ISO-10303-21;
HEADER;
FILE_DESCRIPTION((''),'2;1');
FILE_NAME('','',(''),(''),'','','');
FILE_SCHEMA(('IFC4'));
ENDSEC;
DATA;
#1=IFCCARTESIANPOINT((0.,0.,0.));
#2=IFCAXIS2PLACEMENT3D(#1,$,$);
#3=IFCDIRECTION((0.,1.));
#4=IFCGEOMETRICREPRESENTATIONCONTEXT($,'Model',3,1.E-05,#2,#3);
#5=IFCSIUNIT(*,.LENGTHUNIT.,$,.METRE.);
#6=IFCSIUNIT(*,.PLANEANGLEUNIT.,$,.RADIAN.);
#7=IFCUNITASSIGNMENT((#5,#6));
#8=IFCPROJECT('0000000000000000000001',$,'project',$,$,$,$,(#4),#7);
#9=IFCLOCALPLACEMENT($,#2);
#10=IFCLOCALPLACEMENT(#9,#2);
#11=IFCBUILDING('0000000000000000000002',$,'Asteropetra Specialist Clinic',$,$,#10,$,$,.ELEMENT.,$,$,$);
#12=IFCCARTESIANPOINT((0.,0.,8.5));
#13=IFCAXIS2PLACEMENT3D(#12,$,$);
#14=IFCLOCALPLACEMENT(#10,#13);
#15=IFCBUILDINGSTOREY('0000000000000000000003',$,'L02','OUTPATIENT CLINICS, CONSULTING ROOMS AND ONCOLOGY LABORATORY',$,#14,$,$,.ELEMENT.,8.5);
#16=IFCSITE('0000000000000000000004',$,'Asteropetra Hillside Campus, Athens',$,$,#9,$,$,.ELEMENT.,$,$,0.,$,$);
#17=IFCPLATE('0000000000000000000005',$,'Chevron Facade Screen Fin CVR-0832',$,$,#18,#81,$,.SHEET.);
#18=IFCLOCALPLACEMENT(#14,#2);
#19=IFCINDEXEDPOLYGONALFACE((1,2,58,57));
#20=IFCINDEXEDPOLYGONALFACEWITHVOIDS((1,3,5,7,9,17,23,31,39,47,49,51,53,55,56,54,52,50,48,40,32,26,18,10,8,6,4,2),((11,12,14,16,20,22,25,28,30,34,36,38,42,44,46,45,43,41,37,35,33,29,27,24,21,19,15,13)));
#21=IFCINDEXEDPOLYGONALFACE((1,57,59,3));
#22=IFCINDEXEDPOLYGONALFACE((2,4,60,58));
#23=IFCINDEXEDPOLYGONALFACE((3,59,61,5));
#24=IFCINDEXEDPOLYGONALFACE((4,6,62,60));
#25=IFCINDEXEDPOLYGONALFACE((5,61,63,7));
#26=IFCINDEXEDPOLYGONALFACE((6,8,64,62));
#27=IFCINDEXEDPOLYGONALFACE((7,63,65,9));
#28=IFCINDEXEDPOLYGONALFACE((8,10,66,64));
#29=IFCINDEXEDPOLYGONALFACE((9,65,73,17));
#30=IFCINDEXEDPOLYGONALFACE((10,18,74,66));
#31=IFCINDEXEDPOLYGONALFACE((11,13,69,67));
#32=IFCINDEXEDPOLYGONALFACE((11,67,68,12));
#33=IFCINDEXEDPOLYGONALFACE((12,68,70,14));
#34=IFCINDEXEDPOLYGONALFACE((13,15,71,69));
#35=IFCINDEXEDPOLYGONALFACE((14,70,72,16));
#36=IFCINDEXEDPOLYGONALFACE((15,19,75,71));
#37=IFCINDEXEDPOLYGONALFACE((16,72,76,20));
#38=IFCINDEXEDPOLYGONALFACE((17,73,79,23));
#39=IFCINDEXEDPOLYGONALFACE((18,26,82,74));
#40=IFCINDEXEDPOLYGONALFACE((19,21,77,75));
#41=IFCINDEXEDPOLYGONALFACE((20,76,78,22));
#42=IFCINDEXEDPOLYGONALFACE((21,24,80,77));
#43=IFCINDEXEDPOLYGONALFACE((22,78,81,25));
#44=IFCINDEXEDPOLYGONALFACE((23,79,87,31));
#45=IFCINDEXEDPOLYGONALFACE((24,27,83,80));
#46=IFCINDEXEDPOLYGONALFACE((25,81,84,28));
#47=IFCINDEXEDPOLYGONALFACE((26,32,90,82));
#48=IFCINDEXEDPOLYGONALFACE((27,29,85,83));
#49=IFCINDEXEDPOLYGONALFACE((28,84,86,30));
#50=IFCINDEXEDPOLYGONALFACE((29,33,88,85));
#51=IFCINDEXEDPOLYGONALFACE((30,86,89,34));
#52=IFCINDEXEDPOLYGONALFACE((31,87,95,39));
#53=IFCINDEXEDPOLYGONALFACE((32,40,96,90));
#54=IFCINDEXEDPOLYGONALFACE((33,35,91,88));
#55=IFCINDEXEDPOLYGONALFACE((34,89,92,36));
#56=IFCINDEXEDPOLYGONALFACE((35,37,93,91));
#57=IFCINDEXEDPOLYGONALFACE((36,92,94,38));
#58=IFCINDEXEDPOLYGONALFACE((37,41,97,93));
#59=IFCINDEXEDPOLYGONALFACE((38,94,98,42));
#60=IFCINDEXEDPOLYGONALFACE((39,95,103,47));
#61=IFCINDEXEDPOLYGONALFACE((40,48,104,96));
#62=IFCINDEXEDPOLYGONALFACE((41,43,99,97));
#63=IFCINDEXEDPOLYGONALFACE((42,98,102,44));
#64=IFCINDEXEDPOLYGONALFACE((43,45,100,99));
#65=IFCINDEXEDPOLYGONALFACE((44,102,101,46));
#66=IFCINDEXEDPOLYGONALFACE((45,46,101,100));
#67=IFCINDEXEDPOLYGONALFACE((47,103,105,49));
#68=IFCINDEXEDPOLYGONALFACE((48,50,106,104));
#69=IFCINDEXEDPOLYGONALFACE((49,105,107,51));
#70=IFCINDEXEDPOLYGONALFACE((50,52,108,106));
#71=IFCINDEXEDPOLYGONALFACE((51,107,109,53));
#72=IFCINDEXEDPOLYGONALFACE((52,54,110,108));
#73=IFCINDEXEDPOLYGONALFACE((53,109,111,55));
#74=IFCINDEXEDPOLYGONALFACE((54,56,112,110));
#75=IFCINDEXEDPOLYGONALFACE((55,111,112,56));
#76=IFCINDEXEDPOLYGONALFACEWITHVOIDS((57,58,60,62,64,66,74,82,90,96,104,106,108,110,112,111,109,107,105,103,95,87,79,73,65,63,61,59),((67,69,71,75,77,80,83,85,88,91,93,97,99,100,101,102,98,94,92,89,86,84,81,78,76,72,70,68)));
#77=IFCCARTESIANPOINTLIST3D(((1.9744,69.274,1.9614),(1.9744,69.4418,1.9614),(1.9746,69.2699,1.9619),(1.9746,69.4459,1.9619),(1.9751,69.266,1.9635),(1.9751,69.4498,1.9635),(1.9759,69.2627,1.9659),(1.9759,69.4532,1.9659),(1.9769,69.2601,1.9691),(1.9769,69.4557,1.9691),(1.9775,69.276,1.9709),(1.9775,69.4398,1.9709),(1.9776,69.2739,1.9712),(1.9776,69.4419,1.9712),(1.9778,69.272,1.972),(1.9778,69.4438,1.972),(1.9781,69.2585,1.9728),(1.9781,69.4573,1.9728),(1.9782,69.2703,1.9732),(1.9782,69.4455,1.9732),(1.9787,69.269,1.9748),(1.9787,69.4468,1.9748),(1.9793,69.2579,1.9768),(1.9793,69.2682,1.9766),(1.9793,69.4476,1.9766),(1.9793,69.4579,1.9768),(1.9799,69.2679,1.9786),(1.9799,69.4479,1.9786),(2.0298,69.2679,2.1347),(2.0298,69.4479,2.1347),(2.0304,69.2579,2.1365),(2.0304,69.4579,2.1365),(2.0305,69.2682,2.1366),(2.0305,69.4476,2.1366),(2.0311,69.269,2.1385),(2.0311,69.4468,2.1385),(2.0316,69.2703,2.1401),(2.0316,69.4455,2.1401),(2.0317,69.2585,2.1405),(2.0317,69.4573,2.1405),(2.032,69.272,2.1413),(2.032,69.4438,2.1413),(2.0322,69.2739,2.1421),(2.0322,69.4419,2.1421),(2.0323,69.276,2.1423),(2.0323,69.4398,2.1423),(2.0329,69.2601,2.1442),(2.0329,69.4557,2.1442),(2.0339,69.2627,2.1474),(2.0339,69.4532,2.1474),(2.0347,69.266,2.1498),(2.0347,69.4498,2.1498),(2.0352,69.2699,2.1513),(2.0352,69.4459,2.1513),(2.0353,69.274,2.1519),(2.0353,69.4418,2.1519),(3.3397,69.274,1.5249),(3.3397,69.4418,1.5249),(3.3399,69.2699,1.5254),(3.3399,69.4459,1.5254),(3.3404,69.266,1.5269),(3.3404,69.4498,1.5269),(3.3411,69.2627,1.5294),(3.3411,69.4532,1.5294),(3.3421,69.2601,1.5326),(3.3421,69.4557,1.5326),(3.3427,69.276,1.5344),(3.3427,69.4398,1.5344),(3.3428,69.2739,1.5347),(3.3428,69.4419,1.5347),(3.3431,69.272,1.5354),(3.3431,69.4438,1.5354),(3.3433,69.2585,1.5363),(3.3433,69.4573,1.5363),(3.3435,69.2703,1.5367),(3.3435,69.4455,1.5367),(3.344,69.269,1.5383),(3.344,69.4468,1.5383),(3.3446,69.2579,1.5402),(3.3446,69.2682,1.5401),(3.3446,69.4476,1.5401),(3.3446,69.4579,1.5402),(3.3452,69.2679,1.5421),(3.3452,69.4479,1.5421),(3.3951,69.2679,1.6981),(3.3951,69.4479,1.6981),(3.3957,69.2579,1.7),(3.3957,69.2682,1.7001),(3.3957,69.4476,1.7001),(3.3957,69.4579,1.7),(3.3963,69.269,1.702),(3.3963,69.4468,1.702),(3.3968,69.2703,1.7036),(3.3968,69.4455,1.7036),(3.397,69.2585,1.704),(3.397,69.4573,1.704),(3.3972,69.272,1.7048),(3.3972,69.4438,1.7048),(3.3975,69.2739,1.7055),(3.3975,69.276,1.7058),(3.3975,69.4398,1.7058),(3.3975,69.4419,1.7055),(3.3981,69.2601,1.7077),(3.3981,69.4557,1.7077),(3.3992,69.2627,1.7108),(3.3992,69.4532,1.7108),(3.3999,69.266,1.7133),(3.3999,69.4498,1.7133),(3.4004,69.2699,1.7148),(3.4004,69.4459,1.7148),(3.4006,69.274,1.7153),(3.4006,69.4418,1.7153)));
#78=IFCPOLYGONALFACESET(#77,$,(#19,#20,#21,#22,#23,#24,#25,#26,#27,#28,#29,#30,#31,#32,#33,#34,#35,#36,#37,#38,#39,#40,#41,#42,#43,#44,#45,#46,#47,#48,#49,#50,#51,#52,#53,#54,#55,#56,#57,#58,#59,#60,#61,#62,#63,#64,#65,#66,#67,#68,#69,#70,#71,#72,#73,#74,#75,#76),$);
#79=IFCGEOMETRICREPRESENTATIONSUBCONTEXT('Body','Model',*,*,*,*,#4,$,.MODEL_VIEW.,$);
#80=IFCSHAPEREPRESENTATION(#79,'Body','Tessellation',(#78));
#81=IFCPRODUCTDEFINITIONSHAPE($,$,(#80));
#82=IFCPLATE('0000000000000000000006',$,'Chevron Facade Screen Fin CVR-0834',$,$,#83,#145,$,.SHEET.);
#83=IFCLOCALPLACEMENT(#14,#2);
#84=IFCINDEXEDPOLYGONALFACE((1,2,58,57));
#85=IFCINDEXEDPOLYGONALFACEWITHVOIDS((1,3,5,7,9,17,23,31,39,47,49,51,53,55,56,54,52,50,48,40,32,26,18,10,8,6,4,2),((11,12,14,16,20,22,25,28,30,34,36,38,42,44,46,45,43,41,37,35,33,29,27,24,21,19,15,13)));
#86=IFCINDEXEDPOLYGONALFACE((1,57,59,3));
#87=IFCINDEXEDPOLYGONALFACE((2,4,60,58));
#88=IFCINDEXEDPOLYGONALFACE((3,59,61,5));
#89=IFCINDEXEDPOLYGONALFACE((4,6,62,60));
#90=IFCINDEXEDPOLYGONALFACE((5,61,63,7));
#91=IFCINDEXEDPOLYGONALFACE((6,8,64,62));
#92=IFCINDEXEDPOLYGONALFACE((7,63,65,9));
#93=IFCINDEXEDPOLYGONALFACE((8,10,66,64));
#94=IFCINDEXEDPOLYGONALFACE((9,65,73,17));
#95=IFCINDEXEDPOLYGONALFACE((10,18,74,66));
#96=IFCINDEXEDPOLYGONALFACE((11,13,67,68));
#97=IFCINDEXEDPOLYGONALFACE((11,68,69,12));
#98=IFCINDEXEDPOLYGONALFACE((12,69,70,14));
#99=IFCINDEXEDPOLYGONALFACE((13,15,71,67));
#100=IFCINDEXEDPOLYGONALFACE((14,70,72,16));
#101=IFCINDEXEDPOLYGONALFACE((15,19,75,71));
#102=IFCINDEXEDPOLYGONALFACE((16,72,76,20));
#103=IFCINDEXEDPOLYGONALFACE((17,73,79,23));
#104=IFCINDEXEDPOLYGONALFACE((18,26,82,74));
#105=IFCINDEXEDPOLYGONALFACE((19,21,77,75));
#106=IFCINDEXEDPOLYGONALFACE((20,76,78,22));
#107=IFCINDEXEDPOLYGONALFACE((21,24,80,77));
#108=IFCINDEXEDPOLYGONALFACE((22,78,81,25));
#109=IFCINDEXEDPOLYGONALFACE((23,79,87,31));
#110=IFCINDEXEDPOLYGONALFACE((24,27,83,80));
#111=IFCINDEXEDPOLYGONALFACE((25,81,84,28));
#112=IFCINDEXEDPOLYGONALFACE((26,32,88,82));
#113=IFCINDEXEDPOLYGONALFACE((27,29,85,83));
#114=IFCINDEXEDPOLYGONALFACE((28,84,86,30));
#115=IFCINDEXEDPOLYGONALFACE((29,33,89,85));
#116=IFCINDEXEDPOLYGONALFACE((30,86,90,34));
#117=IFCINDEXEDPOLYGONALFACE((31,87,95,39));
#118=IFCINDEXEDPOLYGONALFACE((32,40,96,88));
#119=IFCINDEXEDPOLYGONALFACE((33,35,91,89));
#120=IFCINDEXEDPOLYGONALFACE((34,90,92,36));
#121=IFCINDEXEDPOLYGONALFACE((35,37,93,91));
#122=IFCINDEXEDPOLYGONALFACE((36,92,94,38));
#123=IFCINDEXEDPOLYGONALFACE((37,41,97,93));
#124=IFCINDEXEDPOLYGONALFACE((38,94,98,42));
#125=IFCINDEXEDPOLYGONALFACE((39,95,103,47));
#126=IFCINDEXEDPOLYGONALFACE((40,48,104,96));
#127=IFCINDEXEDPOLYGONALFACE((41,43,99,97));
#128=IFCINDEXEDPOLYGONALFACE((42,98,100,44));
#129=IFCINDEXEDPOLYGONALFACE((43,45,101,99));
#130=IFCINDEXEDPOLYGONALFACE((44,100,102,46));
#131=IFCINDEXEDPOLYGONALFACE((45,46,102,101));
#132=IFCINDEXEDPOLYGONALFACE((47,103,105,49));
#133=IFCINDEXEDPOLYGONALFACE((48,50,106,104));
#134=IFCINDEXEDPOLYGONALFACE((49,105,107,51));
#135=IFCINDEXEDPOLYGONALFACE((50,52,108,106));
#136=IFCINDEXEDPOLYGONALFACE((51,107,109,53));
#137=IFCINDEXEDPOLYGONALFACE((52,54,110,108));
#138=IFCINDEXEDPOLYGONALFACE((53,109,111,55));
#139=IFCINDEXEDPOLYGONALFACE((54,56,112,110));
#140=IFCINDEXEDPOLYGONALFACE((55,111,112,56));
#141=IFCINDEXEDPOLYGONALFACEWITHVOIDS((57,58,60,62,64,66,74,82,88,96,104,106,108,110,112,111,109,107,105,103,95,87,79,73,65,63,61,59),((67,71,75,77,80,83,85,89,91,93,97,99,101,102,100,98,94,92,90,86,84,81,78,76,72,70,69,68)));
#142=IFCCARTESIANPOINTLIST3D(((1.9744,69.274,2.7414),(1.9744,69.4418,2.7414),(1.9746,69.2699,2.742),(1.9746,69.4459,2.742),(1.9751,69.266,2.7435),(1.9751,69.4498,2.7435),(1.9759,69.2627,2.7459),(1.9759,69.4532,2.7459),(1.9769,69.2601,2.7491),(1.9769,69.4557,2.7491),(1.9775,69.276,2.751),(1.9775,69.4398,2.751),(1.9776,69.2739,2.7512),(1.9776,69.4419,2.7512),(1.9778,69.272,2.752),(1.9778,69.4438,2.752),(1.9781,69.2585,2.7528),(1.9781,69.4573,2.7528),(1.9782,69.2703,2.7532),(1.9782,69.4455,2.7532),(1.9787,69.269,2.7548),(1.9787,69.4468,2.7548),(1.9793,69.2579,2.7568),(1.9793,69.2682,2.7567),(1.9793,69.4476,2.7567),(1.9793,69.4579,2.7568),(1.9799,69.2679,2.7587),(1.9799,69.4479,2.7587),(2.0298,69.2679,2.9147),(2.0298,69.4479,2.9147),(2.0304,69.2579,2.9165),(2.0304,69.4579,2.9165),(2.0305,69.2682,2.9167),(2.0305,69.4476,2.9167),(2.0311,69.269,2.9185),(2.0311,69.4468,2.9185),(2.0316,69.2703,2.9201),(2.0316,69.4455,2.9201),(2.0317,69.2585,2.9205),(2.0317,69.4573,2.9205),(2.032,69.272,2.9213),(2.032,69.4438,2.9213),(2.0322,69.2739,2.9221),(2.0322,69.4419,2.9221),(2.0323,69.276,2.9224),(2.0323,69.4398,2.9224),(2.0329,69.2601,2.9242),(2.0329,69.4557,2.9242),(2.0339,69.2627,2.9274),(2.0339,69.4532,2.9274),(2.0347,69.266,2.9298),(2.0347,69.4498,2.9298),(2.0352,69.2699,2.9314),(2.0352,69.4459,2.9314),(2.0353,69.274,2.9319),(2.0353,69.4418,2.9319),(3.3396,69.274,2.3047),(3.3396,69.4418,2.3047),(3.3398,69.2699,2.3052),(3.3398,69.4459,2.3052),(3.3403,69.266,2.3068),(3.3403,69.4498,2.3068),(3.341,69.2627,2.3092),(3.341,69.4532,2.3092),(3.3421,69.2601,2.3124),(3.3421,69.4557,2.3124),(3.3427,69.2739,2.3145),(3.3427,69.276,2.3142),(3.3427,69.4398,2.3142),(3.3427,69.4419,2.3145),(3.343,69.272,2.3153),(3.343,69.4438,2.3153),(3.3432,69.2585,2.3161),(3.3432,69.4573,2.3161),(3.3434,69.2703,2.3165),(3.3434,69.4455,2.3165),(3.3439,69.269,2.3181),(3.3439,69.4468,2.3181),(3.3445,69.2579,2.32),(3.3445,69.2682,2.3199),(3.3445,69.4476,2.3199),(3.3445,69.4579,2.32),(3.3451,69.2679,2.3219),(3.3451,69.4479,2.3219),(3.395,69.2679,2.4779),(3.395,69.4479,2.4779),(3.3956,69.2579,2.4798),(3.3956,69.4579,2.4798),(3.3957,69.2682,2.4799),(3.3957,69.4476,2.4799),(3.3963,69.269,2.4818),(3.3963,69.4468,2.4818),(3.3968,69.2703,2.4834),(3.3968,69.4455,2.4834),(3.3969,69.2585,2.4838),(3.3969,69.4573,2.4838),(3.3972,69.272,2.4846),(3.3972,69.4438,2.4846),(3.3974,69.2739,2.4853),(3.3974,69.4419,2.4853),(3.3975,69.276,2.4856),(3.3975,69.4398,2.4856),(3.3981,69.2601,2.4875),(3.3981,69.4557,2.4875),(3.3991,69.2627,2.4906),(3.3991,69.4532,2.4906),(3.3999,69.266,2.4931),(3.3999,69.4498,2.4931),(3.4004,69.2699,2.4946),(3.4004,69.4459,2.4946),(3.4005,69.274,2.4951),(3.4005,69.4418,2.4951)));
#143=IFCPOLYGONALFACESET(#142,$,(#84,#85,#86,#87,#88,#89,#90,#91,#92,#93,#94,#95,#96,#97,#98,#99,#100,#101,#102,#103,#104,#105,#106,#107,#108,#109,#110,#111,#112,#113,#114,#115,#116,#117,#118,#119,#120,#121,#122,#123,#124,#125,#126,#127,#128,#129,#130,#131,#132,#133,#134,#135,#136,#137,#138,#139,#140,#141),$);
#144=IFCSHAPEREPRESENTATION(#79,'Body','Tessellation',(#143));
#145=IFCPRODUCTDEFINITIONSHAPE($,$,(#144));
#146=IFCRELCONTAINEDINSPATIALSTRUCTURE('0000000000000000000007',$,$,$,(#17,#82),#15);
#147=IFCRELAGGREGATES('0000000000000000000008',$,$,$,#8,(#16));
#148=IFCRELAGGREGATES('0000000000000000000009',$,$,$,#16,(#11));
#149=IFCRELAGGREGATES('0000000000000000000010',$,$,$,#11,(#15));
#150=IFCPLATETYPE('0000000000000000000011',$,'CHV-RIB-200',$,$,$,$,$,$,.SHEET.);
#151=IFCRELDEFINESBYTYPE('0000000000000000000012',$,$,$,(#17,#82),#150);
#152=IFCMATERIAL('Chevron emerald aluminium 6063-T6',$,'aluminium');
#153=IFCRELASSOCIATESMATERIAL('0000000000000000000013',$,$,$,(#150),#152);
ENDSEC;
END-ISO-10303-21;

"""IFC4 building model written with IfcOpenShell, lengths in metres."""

from ifc_helpers import new_model, si_unit, direction, frame, origin, origin_2d, place, context, subcontext, project, spatial, hollow_rectangle, extrude, material, material_profile, profile_set, type_object, element, save


model = new_model("IFC4")

# Units and contexts
model_context = context("Model", 3, precision=1e-05, world=origin(), true_north=direction((0.0, 1.0)))
body_context = subcontext(model_context, "Body", "Model", "MODEL_VIEW")
ifc_project = project(units=[si_unit("LENGTHUNIT", "METRE"), si_unit("PLANEANGLEUNIT", "RADIAN")], contexts=[model_context])

# Site, building, storey
site_placement = place(None, origin())
site = spatial("IfcSite", under=ifc_project, at=site_placement, Name="Asteropetra Hillside Campus, Athens", CompositionType="ELEMENT", RefElevation=0.0)
building_placement = place(site_placement, origin())
building = spatial("IfcBuilding", under=site, at=building_placement, Name="Asteropetra Specialist Clinic", CompositionType="ELEMENT")
storey_placement = place(building_placement, frame((0.0, 0.0, 8.5)))
storey = spatial("IfcBuildingStorey", under=building, at=storey_placement, Name="L02", Description="OUTPATIENT CLINICS, CONSULTING ROOMS AND ONCOLOGY LABORATORY", CompositionType="ELEMENT", Elevation=8.5)

# Plates
ifc_material_1 = material(Name="Chevron emerald aluminium 6063-T6", Category="aluminium")
ifc_material_profile_1 = material_profile(ifc_material_1, hollow_rectangle(XDim=0.2, YDim=0.2, WallThickness=0.01, InnerFilletRadius=0.0081, OuterFilletRadius=0.0161, at=origin_2d()), Name="SHS 200x200x10.0")
ifc_profile_set_1 = profile_set([ifc_material_profile_1], Name="Chevron emerald aluminium 6063-T6")
plate_type_1 = type_object("IfcPlateType", Name="CHV-RIB-200", PredefinedType="SHEET", material=ifc_profile_set_1)
for number, where, z_axis, x_axis, name in (
    (1, (2.0049, 69.3579, 2.0566), (0.952495, 0.0, -0.304553), (0.0, 1.0, 0.0), "Chevron Facade Screen Fin CVR-0832"),
    (2, (2.0049, 69.3579, 2.8367), (0.952446, 0.0, -0.304708), (0.0, 1.0, 0.0), "Chevron Facade Screen Fin CVR-0834"),
):
    element("IfcPlate", number, at=place(storey_placement, frame(where, z_axis=z_axis, x_axis=x_axis)), inside=storey, type_object=plate_type_1, Name=name, PredefinedType="SHEET", context=body_context, shape_type="SweptSolid", body=[
        extrude(hollow_rectangle(XDim=0.2, YDim=0.2, WallThickness=0.01, InnerFilletRadius=0.0081, OuterFilletRadius=0.0161, at=origin_2d()), origin(), (0.0, 0.0, 1.0), 1.4333),
    ])

save(model, "model.ifc")
